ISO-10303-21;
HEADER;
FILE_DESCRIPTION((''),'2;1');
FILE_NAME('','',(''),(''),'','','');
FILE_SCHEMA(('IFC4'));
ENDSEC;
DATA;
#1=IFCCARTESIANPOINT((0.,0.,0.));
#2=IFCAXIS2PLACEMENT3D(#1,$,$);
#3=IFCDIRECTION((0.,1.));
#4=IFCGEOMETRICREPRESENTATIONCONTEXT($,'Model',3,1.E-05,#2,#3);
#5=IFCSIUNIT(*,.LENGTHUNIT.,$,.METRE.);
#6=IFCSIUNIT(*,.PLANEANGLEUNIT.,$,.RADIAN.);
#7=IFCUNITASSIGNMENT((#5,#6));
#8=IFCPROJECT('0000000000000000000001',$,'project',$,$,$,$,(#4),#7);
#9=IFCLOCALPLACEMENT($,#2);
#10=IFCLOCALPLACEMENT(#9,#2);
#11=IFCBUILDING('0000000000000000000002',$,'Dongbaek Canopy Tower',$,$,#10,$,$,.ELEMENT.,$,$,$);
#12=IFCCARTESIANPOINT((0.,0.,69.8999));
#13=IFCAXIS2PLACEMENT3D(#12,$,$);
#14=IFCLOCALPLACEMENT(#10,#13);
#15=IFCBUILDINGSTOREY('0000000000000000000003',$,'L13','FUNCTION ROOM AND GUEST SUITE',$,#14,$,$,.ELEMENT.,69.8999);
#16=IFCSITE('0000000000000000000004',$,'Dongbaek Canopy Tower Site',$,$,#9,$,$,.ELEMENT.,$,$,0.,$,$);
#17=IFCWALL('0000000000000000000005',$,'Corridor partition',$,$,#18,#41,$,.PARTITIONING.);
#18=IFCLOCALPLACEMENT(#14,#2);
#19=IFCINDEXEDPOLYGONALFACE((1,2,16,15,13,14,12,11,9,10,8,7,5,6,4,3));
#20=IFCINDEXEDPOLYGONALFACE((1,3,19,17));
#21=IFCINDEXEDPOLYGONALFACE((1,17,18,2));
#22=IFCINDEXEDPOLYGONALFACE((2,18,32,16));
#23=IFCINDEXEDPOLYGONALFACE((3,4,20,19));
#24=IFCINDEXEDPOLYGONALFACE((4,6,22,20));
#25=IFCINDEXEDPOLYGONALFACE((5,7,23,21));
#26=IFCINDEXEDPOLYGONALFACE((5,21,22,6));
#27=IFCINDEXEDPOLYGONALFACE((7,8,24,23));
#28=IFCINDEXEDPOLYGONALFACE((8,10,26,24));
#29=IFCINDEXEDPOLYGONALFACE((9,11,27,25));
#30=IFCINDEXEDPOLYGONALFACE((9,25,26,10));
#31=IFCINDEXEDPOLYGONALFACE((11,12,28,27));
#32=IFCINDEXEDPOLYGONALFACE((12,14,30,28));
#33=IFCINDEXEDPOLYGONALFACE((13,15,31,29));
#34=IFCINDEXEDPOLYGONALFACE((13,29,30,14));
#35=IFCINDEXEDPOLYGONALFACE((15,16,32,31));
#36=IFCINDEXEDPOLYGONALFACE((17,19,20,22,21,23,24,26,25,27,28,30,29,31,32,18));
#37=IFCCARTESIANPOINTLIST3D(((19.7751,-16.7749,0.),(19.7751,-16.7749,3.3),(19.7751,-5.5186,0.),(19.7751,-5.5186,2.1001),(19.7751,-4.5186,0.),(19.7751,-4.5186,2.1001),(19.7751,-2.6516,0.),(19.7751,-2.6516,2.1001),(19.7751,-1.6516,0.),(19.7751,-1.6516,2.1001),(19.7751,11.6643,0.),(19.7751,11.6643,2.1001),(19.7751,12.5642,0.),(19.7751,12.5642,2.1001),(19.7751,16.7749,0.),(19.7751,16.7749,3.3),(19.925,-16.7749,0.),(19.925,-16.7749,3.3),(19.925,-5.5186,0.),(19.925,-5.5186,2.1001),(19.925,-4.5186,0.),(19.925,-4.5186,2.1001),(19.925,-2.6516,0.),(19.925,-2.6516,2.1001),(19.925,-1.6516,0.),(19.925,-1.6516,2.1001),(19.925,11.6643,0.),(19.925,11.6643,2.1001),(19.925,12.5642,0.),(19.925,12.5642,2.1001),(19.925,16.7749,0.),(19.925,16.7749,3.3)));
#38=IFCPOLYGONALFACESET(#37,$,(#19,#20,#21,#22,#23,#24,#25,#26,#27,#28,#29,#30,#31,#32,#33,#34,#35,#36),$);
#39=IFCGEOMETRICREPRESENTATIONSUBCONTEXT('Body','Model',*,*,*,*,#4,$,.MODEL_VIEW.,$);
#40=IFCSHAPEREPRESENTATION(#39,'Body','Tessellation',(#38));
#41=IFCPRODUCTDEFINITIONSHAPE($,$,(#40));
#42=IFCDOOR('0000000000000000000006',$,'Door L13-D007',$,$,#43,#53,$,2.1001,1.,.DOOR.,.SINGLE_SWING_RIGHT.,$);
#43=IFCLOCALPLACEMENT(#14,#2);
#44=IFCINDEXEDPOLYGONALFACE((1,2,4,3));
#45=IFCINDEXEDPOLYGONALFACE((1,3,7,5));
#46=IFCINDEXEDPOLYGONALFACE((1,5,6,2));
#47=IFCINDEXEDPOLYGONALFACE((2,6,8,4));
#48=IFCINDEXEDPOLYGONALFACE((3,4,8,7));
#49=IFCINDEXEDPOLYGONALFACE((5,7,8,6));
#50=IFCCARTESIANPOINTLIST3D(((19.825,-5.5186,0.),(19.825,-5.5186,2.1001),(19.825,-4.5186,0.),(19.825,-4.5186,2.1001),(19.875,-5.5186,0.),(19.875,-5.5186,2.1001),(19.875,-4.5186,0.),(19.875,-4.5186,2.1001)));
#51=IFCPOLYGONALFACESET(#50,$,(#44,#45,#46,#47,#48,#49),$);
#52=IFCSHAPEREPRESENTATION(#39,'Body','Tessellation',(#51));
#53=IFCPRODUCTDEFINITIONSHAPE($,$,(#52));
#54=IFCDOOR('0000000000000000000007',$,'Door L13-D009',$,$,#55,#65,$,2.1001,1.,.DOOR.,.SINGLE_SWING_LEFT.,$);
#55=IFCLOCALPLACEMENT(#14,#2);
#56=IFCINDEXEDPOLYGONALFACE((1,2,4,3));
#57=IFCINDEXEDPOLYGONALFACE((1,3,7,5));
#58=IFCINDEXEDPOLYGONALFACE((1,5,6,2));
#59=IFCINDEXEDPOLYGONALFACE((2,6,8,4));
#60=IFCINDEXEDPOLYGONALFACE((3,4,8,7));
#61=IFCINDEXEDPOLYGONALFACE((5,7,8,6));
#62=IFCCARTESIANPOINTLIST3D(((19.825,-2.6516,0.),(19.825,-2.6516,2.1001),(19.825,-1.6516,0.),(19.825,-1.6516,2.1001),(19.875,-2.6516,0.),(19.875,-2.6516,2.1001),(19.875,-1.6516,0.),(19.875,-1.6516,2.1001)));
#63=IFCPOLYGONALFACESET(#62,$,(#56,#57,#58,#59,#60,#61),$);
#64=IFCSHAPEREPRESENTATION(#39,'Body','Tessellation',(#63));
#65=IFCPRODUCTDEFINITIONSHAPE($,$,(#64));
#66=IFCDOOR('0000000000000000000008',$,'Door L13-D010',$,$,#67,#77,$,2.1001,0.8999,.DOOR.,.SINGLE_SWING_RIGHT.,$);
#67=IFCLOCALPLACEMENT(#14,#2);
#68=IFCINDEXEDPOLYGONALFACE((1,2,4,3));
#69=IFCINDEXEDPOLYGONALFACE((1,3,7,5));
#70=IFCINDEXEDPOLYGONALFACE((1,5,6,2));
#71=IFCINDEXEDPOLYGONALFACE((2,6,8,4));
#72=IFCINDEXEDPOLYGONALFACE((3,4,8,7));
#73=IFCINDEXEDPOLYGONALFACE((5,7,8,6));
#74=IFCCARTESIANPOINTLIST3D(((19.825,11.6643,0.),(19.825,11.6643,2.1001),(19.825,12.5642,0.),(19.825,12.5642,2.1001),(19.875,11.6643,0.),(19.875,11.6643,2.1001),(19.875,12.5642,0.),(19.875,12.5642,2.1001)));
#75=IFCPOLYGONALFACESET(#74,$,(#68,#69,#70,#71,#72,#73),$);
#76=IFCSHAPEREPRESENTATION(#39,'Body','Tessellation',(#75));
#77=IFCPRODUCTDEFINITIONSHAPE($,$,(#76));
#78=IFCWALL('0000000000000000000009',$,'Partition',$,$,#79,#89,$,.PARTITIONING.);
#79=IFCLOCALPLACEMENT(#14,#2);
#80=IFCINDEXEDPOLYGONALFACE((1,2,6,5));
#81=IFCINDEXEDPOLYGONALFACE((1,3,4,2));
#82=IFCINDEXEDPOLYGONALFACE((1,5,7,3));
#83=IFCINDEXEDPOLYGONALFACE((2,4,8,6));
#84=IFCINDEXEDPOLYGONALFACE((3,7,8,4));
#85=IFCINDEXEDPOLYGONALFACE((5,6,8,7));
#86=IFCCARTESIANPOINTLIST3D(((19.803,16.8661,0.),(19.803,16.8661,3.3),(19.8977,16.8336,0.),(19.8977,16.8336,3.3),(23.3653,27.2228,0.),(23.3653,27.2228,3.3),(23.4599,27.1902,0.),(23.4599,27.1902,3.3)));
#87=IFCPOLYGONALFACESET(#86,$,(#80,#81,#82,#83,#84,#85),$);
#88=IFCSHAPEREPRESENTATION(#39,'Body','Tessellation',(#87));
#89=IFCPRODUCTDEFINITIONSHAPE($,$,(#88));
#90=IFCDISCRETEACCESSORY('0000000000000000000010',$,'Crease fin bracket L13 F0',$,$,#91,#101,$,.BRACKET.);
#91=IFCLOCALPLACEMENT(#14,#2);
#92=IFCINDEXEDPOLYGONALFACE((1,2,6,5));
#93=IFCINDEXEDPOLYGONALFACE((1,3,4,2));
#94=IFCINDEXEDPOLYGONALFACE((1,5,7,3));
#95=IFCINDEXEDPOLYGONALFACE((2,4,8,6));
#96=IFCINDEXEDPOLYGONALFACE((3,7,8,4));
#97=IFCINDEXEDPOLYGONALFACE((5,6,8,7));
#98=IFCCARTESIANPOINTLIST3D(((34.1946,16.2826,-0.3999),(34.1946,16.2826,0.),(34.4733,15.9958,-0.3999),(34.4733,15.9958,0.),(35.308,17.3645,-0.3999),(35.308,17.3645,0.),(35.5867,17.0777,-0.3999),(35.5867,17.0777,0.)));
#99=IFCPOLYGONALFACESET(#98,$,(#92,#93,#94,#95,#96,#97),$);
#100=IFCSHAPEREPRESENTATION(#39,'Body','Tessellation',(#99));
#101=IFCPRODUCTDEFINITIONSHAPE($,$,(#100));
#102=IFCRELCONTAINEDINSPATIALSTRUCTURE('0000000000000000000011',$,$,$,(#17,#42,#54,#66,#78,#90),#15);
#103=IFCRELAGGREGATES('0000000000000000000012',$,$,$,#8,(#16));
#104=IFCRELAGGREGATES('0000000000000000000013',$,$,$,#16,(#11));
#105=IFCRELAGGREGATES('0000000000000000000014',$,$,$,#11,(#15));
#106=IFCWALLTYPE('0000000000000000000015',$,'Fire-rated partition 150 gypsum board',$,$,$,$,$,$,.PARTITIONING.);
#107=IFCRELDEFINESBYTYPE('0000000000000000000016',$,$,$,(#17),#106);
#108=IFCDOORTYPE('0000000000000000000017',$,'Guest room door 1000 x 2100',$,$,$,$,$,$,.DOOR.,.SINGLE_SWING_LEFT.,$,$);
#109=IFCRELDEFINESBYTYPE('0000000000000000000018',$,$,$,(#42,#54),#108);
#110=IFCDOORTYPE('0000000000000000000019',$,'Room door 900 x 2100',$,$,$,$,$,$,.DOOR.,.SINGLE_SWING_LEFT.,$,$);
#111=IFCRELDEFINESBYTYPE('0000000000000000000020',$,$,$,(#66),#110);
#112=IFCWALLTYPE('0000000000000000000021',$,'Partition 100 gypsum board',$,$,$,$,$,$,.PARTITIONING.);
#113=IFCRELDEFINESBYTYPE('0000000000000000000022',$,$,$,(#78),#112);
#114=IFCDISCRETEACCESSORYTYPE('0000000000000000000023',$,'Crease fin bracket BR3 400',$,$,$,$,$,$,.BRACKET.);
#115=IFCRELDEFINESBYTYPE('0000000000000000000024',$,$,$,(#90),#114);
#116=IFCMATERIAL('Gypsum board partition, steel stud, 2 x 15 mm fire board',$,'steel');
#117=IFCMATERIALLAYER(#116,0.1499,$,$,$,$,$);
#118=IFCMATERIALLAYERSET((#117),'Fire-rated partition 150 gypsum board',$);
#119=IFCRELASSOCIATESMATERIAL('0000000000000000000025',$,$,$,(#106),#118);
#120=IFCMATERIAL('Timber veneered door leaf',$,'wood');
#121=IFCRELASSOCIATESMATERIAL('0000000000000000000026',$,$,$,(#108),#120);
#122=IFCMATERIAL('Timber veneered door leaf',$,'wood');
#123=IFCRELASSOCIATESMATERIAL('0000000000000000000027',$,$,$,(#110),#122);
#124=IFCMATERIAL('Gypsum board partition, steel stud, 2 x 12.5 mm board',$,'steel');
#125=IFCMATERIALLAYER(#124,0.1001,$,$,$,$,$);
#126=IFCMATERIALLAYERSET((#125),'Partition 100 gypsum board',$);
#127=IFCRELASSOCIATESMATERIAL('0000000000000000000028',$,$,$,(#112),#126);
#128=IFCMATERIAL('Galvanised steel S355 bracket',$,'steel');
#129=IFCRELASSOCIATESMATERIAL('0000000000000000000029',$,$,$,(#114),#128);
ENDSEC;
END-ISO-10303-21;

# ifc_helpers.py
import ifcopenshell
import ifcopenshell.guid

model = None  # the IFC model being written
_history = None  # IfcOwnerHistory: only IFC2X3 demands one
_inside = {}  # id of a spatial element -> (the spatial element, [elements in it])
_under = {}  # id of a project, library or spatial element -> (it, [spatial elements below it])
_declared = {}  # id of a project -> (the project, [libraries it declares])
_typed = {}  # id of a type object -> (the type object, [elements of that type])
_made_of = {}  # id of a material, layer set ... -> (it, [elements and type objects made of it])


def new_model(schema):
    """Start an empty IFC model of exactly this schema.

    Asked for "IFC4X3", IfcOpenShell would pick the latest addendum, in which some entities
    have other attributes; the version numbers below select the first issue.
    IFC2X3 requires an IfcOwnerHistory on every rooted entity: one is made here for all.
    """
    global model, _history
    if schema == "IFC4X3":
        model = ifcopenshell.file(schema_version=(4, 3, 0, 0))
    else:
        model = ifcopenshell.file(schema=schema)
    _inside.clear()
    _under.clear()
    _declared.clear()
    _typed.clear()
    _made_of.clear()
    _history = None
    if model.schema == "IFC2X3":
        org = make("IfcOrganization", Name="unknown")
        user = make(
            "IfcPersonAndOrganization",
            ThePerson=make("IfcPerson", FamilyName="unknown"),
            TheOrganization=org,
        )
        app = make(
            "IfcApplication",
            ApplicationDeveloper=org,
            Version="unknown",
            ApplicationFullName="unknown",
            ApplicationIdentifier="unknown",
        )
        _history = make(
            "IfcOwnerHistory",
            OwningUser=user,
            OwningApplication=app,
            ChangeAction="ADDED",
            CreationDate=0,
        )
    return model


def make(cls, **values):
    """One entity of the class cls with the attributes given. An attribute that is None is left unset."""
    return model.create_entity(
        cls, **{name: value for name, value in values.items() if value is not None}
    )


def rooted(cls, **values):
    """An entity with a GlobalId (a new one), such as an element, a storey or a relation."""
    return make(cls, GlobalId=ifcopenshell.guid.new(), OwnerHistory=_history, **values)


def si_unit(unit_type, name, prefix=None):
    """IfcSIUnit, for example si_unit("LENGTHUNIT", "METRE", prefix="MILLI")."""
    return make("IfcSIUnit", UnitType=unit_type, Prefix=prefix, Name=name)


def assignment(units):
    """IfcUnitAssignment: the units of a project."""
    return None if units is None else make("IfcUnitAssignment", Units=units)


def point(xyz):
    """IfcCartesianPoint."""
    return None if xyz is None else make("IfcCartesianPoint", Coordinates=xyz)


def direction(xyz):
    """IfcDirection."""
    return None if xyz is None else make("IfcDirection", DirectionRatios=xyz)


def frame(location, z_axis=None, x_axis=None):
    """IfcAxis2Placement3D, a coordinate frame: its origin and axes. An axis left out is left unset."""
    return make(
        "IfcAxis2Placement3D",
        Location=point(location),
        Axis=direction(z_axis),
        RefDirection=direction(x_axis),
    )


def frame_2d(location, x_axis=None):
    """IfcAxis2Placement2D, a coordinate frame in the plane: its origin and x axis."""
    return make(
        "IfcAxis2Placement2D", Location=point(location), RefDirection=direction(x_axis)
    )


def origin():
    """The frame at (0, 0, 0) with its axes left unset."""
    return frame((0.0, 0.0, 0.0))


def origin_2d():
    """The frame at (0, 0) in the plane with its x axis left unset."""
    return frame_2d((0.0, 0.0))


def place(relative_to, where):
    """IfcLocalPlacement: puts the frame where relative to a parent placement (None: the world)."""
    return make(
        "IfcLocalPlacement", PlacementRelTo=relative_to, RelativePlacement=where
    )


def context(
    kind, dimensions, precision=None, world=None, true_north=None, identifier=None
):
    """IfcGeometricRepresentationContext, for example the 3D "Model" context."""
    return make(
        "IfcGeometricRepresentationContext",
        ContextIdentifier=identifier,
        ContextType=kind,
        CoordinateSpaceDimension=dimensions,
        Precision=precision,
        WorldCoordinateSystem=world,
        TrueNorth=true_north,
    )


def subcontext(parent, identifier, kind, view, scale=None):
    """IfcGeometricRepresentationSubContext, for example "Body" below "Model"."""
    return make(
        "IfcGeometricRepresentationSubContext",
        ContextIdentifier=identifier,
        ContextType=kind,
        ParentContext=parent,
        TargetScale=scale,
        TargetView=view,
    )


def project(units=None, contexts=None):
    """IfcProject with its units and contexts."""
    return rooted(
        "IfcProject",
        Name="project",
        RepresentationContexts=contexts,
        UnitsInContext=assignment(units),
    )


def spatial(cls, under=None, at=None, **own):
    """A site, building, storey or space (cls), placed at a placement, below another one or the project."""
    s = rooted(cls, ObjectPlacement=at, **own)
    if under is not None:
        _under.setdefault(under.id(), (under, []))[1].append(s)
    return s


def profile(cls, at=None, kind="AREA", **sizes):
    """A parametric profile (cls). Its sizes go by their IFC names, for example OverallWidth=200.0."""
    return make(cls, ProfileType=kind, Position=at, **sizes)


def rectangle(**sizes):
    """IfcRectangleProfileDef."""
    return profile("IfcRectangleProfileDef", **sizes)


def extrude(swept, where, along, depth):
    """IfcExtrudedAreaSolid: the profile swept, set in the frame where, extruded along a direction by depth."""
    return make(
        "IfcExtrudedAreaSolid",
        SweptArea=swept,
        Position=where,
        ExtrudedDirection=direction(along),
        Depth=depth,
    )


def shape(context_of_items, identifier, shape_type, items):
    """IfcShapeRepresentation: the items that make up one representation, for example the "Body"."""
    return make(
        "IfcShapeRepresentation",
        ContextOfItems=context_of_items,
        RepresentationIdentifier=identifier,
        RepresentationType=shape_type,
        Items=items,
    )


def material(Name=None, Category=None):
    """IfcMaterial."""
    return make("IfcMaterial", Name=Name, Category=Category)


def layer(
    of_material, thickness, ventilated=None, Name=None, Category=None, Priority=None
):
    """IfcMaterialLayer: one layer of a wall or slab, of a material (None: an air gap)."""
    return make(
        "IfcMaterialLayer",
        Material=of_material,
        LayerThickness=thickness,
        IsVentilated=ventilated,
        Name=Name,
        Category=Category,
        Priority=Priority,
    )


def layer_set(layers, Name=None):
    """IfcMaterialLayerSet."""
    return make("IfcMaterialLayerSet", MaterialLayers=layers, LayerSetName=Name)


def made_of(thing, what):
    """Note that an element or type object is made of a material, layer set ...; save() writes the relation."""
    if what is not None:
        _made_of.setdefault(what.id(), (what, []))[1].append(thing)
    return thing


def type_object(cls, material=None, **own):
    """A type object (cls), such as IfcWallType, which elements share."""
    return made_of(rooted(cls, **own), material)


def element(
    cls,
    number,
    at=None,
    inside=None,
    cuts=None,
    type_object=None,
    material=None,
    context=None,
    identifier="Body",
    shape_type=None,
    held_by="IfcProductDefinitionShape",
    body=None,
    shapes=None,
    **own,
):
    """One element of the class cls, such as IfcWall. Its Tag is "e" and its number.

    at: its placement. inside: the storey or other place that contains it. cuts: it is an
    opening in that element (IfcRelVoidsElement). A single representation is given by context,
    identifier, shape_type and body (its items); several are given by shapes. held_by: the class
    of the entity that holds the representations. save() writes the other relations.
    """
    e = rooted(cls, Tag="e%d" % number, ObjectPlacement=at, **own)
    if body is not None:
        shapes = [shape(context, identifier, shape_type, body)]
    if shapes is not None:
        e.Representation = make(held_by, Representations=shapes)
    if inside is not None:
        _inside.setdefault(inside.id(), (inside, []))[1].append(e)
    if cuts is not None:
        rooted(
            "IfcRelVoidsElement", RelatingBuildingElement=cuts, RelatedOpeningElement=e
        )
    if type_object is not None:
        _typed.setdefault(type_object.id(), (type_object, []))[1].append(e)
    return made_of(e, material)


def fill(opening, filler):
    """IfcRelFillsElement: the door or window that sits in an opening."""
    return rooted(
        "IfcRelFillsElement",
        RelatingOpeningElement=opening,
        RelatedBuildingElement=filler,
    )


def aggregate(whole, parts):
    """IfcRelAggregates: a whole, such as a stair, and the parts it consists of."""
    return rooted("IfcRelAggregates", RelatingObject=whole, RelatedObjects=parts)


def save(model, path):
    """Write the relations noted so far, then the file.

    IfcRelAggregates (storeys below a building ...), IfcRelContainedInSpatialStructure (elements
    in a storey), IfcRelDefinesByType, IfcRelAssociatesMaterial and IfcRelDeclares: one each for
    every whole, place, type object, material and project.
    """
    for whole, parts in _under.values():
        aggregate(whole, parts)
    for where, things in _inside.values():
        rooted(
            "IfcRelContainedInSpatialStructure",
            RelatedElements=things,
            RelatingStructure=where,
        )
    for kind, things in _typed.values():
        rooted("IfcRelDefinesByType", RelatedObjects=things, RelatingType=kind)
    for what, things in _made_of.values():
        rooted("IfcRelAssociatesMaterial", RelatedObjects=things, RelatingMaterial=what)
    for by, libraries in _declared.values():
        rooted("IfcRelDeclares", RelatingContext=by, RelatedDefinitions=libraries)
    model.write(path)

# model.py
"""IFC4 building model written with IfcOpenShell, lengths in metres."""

from ifc_helpers import new_model, si_unit, direction, frame, frame_2d, origin, origin_2d, place, context, subcontext, project, spatial, rectangle, extrude, material, layer, layer_set, type_object, element, fill, save


model = new_model("IFC4")

# Units and contexts
model_context = context("Model", 3, precision=1e-05, world=origin(), true_north=direction((0.0, 1.0)))
body_context = subcontext(model_context, "Body", "Model", "MODEL_VIEW")
ifc_project = project(units=[si_unit("LENGTHUNIT", "METRE"), si_unit("PLANEANGLEUNIT", "RADIAN")], contexts=[model_context])

# Site, building, storey
site_placement = place(None, origin())
site = spatial("IfcSite", under=ifc_project, at=site_placement, Name="Dongbaek Canopy Tower Site", CompositionType="ELEMENT", RefElevation=0.0)
building_placement = place(site_placement, origin())
building = spatial("IfcBuilding", under=site, at=building_placement, Name="Dongbaek Canopy Tower", CompositionType="ELEMENT")
storey_placement = place(building_placement, frame((0.0, 0.0, 69.8999)))
storey = spatial("IfcBuildingStorey", under=building, at=storey_placement, Name="L13", Description="FUNCTION ROOM AND GUEST SUITE", CompositionType="ELEMENT", Elevation=69.8999)

# Wall, openings, doors
ifc_material_1 = material(Name="Gypsum board partition, steel stud, 2 x 15 mm fire board", Category="steel")
ifc_layer_1 = layer(ifc_material_1, 0.1499)
ifc_layer_set_1 = layer_set([ifc_layer_1], Name="Fire-rated partition 150 gypsum board")
wall_type_1 = type_object("IfcWallType", Name="Fire-rated partition 150 gypsum board", PredefinedType="PARTITIONING", material=ifc_layer_set_1)
wall_1_placement = place(storey_placement, frame((19.8501, 16.7749, 0.0), z_axis=(0.0, 0.0, 1.0), x_axis=(0.0, -1.0, 0.0)))
wall_1 = element("IfcWall", 1, at=wall_1_placement, inside=storey, type_object=wall_type_1, Name="Corridor partition", PredefinedType="PARTITIONING", context=body_context, shape_type="SweptSolid", body=[
    extrude(rectangle(XDim=33.5498, YDim=0.1499, at=frame_2d((16.7749, 0.0))), origin(), (0.0, 0.0, 1.0), 3.3),
])
opening_1_placement = place(wall_1_placement, frame((21.2935, 0.0, 0.0)))
opening_1 = element("IfcOpeningElement", 2, at=opening_1_placement, cuts=wall_1, PredefinedType="OPENING", context=body_context, shape_type="SweptSolid", body=[
    extrude(rectangle(XDim=1.0, YDim=2.1001, at=frame_2d((0.5, 1.05))), frame((0.0, 0.085, 0.0), z_axis=(0.0, -1.0, 0.0), x_axis=(1.0, 0.0, 0.0)), (0.0, 0.0, 1.0), 0.1699),
])
opening_2_placement = place(wall_1_placement, frame((18.4265, 0.0, 0.0)))
opening_2 = element("IfcOpeningElement", 3, at=opening_2_placement, cuts=wall_1, PredefinedType="OPENING", context=body_context, shape_type="SweptSolid", body=[
    extrude(rectangle(XDim=1.0, YDim=2.1001, at=frame_2d((0.5, 1.05))), frame((0.0, 0.085, 0.0), z_axis=(0.0, -1.0, 0.0), x_axis=(1.0, 0.0, 0.0)), (0.0, 0.0, 1.0), 0.1699),
])
opening_3_placement = place(wall_1_placement, frame((4.2107, 0.0, 0.0)))
opening_3 = element("IfcOpeningElement", 4, at=opening_3_placement, cuts=wall_1, PredefinedType="OPENING", context=body_context, shape_type="SweptSolid", body=[
    extrude(rectangle(XDim=0.8999, YDim=2.1001, at=frame_2d((0.45, 1.05))), frame((0.0, 0.085, 0.0), z_axis=(0.0, -1.0, 0.0), x_axis=(1.0, 0.0, 0.0)), (0.0, 0.0, 1.0), 0.1699),
])
ifc_material_2 = material(Name="Timber veneered door leaf", Category="wood")
door_type_1 = type_object("IfcDoorType", Name="Guest room door 1000 x 2100", OperationType="SINGLE_SWING_LEFT", PredefinedType="DOOR", material=ifc_material_2)
door_1_placement = place(opening_1_placement, origin())
door_1 = element("IfcDoor", 5, at=door_1_placement, inside=storey, type_object=door_type_1, Name="Door L13-D007", OperationType="SINGLE_SWING_RIGHT", OverallHeight=2.1001, OverallWidth=1.0, PredefinedType="DOOR", context=body_context, shape_type="SweptSolid", body=[
    extrude(rectangle(XDim=1.0, YDim=2.1001, at=frame_2d((0.5, 1.05))), frame((0.0, 0.0249, 0.0), z_axis=(0.0, -1.0, 0.0), x_axis=(1.0, 0.0, 0.0)), (0.0, 0.0, 1.0), 0.05),
])
fill(opening_1, door_1)
door_2_placement = place(opening_2_placement, origin())
door_2 = element("IfcDoor", 6, at=door_2_placement, inside=storey, type_object=door_type_1, Name="Door L13-D009", OperationType="SINGLE_SWING_LEFT", OverallHeight=2.1001, OverallWidth=1.0, PredefinedType="DOOR", context=body_context, shape_type="SweptSolid", body=[
    extrude(rectangle(XDim=1.0, YDim=2.1001, at=frame_2d((0.5, 1.05))), frame((0.0, 0.0249, 0.0), z_axis=(0.0, -1.0, 0.0), x_axis=(1.0, 0.0, 0.0)), (0.0, 0.0, 1.0), 0.05),
])
fill(opening_2, door_2)
ifc_material_3 = material(Name="Timber veneered door leaf", Category="wood")
door_type_2 = type_object("IfcDoorType", Name="Room door 900 x 2100", OperationType="SINGLE_SWING_LEFT", PredefinedType="DOOR", material=ifc_material_3)
door_3_placement = place(opening_3_placement, origin())
door_3 = element("IfcDoor", 7, at=door_3_placement, inside=storey, type_object=door_type_2, Name="Door L13-D010", OperationType="SINGLE_SWING_RIGHT", OverallHeight=2.1001, OverallWidth=0.8999, PredefinedType="DOOR", context=body_context, shape_type="SweptSolid", body=[
    extrude(rectangle(XDim=0.8999, YDim=2.1001, at=frame_2d((0.45, 1.05))), frame((0.0, 0.0249, 0.0), z_axis=(0.0, -1.0, 0.0), x_axis=(1.0, 0.0, 0.0)), (0.0, 0.0, 1.0), 0.05),
])
fill(opening_3, door_3)

# Wall
ifc_material_4 = material(Name="Gypsum board partition, steel stud, 2 x 12.5 mm board", Category="steel")
ifc_layer_2 = layer(ifc_material_4, 0.1001)
ifc_layer_set_2 = layer_set([ifc_layer_2], Name="Partition 100 gypsum board")
wall_type_2 = type_object("IfcWallType", Name="Partition 100 gypsum board", PredefinedType="PARTITIONING", material=ifc_layer_set_2)
wall_2_placement = place(storey_placement, frame((19.8503, 16.8499, 0.0), z_axis=(0.0, 0.0, 1.0), x_axis=(0.325255, 0.945626, 0.0)))
element("IfcWall", 8, at=wall_2_placement, inside=storey, type_object=wall_type_2, Name="Partition", PredefinedType="PARTITIONING", context=body_context, shape_type="SweptSolid", body=[
    extrude(rectangle(XDim=10.9521, YDim=0.1001, at=frame_2d((5.4761, 0.0))), origin(), (0.0, 0.0, 1.0), 3.3),
])

# Discrete accessory
ifc_material_5 = material(Name="Galvanised steel S355 bracket", Category="steel")
discrete_accessory_type = type_object("IfcDiscreteAccessoryType", Name="Crease fin bracket BR3 400", PredefinedType="BRACKET", material=ifc_material_5)
discrete_accessory_placement = place(storey_placement, frame((34.8906, 16.6802, -0.3999), z_axis=(0.0, 0.0, 1.0), x_axis=(0.717187, 0.696881, 0.0)))
element("IfcDiscreteAccessory", 9, at=discrete_accessory_placement, inside=storey, type_object=discrete_accessory_type, Name="Crease fin bracket L13 F0", PredefinedType="BRACKET", context=body_context, shape_type="SweptSolid", body=[
    extrude(rectangle(XDim=1.5525, YDim=0.3999, at=origin_2d()), origin(), (0.0, 0.0, 1.0), 0.3999),
])

save(model, "model.ifc")
